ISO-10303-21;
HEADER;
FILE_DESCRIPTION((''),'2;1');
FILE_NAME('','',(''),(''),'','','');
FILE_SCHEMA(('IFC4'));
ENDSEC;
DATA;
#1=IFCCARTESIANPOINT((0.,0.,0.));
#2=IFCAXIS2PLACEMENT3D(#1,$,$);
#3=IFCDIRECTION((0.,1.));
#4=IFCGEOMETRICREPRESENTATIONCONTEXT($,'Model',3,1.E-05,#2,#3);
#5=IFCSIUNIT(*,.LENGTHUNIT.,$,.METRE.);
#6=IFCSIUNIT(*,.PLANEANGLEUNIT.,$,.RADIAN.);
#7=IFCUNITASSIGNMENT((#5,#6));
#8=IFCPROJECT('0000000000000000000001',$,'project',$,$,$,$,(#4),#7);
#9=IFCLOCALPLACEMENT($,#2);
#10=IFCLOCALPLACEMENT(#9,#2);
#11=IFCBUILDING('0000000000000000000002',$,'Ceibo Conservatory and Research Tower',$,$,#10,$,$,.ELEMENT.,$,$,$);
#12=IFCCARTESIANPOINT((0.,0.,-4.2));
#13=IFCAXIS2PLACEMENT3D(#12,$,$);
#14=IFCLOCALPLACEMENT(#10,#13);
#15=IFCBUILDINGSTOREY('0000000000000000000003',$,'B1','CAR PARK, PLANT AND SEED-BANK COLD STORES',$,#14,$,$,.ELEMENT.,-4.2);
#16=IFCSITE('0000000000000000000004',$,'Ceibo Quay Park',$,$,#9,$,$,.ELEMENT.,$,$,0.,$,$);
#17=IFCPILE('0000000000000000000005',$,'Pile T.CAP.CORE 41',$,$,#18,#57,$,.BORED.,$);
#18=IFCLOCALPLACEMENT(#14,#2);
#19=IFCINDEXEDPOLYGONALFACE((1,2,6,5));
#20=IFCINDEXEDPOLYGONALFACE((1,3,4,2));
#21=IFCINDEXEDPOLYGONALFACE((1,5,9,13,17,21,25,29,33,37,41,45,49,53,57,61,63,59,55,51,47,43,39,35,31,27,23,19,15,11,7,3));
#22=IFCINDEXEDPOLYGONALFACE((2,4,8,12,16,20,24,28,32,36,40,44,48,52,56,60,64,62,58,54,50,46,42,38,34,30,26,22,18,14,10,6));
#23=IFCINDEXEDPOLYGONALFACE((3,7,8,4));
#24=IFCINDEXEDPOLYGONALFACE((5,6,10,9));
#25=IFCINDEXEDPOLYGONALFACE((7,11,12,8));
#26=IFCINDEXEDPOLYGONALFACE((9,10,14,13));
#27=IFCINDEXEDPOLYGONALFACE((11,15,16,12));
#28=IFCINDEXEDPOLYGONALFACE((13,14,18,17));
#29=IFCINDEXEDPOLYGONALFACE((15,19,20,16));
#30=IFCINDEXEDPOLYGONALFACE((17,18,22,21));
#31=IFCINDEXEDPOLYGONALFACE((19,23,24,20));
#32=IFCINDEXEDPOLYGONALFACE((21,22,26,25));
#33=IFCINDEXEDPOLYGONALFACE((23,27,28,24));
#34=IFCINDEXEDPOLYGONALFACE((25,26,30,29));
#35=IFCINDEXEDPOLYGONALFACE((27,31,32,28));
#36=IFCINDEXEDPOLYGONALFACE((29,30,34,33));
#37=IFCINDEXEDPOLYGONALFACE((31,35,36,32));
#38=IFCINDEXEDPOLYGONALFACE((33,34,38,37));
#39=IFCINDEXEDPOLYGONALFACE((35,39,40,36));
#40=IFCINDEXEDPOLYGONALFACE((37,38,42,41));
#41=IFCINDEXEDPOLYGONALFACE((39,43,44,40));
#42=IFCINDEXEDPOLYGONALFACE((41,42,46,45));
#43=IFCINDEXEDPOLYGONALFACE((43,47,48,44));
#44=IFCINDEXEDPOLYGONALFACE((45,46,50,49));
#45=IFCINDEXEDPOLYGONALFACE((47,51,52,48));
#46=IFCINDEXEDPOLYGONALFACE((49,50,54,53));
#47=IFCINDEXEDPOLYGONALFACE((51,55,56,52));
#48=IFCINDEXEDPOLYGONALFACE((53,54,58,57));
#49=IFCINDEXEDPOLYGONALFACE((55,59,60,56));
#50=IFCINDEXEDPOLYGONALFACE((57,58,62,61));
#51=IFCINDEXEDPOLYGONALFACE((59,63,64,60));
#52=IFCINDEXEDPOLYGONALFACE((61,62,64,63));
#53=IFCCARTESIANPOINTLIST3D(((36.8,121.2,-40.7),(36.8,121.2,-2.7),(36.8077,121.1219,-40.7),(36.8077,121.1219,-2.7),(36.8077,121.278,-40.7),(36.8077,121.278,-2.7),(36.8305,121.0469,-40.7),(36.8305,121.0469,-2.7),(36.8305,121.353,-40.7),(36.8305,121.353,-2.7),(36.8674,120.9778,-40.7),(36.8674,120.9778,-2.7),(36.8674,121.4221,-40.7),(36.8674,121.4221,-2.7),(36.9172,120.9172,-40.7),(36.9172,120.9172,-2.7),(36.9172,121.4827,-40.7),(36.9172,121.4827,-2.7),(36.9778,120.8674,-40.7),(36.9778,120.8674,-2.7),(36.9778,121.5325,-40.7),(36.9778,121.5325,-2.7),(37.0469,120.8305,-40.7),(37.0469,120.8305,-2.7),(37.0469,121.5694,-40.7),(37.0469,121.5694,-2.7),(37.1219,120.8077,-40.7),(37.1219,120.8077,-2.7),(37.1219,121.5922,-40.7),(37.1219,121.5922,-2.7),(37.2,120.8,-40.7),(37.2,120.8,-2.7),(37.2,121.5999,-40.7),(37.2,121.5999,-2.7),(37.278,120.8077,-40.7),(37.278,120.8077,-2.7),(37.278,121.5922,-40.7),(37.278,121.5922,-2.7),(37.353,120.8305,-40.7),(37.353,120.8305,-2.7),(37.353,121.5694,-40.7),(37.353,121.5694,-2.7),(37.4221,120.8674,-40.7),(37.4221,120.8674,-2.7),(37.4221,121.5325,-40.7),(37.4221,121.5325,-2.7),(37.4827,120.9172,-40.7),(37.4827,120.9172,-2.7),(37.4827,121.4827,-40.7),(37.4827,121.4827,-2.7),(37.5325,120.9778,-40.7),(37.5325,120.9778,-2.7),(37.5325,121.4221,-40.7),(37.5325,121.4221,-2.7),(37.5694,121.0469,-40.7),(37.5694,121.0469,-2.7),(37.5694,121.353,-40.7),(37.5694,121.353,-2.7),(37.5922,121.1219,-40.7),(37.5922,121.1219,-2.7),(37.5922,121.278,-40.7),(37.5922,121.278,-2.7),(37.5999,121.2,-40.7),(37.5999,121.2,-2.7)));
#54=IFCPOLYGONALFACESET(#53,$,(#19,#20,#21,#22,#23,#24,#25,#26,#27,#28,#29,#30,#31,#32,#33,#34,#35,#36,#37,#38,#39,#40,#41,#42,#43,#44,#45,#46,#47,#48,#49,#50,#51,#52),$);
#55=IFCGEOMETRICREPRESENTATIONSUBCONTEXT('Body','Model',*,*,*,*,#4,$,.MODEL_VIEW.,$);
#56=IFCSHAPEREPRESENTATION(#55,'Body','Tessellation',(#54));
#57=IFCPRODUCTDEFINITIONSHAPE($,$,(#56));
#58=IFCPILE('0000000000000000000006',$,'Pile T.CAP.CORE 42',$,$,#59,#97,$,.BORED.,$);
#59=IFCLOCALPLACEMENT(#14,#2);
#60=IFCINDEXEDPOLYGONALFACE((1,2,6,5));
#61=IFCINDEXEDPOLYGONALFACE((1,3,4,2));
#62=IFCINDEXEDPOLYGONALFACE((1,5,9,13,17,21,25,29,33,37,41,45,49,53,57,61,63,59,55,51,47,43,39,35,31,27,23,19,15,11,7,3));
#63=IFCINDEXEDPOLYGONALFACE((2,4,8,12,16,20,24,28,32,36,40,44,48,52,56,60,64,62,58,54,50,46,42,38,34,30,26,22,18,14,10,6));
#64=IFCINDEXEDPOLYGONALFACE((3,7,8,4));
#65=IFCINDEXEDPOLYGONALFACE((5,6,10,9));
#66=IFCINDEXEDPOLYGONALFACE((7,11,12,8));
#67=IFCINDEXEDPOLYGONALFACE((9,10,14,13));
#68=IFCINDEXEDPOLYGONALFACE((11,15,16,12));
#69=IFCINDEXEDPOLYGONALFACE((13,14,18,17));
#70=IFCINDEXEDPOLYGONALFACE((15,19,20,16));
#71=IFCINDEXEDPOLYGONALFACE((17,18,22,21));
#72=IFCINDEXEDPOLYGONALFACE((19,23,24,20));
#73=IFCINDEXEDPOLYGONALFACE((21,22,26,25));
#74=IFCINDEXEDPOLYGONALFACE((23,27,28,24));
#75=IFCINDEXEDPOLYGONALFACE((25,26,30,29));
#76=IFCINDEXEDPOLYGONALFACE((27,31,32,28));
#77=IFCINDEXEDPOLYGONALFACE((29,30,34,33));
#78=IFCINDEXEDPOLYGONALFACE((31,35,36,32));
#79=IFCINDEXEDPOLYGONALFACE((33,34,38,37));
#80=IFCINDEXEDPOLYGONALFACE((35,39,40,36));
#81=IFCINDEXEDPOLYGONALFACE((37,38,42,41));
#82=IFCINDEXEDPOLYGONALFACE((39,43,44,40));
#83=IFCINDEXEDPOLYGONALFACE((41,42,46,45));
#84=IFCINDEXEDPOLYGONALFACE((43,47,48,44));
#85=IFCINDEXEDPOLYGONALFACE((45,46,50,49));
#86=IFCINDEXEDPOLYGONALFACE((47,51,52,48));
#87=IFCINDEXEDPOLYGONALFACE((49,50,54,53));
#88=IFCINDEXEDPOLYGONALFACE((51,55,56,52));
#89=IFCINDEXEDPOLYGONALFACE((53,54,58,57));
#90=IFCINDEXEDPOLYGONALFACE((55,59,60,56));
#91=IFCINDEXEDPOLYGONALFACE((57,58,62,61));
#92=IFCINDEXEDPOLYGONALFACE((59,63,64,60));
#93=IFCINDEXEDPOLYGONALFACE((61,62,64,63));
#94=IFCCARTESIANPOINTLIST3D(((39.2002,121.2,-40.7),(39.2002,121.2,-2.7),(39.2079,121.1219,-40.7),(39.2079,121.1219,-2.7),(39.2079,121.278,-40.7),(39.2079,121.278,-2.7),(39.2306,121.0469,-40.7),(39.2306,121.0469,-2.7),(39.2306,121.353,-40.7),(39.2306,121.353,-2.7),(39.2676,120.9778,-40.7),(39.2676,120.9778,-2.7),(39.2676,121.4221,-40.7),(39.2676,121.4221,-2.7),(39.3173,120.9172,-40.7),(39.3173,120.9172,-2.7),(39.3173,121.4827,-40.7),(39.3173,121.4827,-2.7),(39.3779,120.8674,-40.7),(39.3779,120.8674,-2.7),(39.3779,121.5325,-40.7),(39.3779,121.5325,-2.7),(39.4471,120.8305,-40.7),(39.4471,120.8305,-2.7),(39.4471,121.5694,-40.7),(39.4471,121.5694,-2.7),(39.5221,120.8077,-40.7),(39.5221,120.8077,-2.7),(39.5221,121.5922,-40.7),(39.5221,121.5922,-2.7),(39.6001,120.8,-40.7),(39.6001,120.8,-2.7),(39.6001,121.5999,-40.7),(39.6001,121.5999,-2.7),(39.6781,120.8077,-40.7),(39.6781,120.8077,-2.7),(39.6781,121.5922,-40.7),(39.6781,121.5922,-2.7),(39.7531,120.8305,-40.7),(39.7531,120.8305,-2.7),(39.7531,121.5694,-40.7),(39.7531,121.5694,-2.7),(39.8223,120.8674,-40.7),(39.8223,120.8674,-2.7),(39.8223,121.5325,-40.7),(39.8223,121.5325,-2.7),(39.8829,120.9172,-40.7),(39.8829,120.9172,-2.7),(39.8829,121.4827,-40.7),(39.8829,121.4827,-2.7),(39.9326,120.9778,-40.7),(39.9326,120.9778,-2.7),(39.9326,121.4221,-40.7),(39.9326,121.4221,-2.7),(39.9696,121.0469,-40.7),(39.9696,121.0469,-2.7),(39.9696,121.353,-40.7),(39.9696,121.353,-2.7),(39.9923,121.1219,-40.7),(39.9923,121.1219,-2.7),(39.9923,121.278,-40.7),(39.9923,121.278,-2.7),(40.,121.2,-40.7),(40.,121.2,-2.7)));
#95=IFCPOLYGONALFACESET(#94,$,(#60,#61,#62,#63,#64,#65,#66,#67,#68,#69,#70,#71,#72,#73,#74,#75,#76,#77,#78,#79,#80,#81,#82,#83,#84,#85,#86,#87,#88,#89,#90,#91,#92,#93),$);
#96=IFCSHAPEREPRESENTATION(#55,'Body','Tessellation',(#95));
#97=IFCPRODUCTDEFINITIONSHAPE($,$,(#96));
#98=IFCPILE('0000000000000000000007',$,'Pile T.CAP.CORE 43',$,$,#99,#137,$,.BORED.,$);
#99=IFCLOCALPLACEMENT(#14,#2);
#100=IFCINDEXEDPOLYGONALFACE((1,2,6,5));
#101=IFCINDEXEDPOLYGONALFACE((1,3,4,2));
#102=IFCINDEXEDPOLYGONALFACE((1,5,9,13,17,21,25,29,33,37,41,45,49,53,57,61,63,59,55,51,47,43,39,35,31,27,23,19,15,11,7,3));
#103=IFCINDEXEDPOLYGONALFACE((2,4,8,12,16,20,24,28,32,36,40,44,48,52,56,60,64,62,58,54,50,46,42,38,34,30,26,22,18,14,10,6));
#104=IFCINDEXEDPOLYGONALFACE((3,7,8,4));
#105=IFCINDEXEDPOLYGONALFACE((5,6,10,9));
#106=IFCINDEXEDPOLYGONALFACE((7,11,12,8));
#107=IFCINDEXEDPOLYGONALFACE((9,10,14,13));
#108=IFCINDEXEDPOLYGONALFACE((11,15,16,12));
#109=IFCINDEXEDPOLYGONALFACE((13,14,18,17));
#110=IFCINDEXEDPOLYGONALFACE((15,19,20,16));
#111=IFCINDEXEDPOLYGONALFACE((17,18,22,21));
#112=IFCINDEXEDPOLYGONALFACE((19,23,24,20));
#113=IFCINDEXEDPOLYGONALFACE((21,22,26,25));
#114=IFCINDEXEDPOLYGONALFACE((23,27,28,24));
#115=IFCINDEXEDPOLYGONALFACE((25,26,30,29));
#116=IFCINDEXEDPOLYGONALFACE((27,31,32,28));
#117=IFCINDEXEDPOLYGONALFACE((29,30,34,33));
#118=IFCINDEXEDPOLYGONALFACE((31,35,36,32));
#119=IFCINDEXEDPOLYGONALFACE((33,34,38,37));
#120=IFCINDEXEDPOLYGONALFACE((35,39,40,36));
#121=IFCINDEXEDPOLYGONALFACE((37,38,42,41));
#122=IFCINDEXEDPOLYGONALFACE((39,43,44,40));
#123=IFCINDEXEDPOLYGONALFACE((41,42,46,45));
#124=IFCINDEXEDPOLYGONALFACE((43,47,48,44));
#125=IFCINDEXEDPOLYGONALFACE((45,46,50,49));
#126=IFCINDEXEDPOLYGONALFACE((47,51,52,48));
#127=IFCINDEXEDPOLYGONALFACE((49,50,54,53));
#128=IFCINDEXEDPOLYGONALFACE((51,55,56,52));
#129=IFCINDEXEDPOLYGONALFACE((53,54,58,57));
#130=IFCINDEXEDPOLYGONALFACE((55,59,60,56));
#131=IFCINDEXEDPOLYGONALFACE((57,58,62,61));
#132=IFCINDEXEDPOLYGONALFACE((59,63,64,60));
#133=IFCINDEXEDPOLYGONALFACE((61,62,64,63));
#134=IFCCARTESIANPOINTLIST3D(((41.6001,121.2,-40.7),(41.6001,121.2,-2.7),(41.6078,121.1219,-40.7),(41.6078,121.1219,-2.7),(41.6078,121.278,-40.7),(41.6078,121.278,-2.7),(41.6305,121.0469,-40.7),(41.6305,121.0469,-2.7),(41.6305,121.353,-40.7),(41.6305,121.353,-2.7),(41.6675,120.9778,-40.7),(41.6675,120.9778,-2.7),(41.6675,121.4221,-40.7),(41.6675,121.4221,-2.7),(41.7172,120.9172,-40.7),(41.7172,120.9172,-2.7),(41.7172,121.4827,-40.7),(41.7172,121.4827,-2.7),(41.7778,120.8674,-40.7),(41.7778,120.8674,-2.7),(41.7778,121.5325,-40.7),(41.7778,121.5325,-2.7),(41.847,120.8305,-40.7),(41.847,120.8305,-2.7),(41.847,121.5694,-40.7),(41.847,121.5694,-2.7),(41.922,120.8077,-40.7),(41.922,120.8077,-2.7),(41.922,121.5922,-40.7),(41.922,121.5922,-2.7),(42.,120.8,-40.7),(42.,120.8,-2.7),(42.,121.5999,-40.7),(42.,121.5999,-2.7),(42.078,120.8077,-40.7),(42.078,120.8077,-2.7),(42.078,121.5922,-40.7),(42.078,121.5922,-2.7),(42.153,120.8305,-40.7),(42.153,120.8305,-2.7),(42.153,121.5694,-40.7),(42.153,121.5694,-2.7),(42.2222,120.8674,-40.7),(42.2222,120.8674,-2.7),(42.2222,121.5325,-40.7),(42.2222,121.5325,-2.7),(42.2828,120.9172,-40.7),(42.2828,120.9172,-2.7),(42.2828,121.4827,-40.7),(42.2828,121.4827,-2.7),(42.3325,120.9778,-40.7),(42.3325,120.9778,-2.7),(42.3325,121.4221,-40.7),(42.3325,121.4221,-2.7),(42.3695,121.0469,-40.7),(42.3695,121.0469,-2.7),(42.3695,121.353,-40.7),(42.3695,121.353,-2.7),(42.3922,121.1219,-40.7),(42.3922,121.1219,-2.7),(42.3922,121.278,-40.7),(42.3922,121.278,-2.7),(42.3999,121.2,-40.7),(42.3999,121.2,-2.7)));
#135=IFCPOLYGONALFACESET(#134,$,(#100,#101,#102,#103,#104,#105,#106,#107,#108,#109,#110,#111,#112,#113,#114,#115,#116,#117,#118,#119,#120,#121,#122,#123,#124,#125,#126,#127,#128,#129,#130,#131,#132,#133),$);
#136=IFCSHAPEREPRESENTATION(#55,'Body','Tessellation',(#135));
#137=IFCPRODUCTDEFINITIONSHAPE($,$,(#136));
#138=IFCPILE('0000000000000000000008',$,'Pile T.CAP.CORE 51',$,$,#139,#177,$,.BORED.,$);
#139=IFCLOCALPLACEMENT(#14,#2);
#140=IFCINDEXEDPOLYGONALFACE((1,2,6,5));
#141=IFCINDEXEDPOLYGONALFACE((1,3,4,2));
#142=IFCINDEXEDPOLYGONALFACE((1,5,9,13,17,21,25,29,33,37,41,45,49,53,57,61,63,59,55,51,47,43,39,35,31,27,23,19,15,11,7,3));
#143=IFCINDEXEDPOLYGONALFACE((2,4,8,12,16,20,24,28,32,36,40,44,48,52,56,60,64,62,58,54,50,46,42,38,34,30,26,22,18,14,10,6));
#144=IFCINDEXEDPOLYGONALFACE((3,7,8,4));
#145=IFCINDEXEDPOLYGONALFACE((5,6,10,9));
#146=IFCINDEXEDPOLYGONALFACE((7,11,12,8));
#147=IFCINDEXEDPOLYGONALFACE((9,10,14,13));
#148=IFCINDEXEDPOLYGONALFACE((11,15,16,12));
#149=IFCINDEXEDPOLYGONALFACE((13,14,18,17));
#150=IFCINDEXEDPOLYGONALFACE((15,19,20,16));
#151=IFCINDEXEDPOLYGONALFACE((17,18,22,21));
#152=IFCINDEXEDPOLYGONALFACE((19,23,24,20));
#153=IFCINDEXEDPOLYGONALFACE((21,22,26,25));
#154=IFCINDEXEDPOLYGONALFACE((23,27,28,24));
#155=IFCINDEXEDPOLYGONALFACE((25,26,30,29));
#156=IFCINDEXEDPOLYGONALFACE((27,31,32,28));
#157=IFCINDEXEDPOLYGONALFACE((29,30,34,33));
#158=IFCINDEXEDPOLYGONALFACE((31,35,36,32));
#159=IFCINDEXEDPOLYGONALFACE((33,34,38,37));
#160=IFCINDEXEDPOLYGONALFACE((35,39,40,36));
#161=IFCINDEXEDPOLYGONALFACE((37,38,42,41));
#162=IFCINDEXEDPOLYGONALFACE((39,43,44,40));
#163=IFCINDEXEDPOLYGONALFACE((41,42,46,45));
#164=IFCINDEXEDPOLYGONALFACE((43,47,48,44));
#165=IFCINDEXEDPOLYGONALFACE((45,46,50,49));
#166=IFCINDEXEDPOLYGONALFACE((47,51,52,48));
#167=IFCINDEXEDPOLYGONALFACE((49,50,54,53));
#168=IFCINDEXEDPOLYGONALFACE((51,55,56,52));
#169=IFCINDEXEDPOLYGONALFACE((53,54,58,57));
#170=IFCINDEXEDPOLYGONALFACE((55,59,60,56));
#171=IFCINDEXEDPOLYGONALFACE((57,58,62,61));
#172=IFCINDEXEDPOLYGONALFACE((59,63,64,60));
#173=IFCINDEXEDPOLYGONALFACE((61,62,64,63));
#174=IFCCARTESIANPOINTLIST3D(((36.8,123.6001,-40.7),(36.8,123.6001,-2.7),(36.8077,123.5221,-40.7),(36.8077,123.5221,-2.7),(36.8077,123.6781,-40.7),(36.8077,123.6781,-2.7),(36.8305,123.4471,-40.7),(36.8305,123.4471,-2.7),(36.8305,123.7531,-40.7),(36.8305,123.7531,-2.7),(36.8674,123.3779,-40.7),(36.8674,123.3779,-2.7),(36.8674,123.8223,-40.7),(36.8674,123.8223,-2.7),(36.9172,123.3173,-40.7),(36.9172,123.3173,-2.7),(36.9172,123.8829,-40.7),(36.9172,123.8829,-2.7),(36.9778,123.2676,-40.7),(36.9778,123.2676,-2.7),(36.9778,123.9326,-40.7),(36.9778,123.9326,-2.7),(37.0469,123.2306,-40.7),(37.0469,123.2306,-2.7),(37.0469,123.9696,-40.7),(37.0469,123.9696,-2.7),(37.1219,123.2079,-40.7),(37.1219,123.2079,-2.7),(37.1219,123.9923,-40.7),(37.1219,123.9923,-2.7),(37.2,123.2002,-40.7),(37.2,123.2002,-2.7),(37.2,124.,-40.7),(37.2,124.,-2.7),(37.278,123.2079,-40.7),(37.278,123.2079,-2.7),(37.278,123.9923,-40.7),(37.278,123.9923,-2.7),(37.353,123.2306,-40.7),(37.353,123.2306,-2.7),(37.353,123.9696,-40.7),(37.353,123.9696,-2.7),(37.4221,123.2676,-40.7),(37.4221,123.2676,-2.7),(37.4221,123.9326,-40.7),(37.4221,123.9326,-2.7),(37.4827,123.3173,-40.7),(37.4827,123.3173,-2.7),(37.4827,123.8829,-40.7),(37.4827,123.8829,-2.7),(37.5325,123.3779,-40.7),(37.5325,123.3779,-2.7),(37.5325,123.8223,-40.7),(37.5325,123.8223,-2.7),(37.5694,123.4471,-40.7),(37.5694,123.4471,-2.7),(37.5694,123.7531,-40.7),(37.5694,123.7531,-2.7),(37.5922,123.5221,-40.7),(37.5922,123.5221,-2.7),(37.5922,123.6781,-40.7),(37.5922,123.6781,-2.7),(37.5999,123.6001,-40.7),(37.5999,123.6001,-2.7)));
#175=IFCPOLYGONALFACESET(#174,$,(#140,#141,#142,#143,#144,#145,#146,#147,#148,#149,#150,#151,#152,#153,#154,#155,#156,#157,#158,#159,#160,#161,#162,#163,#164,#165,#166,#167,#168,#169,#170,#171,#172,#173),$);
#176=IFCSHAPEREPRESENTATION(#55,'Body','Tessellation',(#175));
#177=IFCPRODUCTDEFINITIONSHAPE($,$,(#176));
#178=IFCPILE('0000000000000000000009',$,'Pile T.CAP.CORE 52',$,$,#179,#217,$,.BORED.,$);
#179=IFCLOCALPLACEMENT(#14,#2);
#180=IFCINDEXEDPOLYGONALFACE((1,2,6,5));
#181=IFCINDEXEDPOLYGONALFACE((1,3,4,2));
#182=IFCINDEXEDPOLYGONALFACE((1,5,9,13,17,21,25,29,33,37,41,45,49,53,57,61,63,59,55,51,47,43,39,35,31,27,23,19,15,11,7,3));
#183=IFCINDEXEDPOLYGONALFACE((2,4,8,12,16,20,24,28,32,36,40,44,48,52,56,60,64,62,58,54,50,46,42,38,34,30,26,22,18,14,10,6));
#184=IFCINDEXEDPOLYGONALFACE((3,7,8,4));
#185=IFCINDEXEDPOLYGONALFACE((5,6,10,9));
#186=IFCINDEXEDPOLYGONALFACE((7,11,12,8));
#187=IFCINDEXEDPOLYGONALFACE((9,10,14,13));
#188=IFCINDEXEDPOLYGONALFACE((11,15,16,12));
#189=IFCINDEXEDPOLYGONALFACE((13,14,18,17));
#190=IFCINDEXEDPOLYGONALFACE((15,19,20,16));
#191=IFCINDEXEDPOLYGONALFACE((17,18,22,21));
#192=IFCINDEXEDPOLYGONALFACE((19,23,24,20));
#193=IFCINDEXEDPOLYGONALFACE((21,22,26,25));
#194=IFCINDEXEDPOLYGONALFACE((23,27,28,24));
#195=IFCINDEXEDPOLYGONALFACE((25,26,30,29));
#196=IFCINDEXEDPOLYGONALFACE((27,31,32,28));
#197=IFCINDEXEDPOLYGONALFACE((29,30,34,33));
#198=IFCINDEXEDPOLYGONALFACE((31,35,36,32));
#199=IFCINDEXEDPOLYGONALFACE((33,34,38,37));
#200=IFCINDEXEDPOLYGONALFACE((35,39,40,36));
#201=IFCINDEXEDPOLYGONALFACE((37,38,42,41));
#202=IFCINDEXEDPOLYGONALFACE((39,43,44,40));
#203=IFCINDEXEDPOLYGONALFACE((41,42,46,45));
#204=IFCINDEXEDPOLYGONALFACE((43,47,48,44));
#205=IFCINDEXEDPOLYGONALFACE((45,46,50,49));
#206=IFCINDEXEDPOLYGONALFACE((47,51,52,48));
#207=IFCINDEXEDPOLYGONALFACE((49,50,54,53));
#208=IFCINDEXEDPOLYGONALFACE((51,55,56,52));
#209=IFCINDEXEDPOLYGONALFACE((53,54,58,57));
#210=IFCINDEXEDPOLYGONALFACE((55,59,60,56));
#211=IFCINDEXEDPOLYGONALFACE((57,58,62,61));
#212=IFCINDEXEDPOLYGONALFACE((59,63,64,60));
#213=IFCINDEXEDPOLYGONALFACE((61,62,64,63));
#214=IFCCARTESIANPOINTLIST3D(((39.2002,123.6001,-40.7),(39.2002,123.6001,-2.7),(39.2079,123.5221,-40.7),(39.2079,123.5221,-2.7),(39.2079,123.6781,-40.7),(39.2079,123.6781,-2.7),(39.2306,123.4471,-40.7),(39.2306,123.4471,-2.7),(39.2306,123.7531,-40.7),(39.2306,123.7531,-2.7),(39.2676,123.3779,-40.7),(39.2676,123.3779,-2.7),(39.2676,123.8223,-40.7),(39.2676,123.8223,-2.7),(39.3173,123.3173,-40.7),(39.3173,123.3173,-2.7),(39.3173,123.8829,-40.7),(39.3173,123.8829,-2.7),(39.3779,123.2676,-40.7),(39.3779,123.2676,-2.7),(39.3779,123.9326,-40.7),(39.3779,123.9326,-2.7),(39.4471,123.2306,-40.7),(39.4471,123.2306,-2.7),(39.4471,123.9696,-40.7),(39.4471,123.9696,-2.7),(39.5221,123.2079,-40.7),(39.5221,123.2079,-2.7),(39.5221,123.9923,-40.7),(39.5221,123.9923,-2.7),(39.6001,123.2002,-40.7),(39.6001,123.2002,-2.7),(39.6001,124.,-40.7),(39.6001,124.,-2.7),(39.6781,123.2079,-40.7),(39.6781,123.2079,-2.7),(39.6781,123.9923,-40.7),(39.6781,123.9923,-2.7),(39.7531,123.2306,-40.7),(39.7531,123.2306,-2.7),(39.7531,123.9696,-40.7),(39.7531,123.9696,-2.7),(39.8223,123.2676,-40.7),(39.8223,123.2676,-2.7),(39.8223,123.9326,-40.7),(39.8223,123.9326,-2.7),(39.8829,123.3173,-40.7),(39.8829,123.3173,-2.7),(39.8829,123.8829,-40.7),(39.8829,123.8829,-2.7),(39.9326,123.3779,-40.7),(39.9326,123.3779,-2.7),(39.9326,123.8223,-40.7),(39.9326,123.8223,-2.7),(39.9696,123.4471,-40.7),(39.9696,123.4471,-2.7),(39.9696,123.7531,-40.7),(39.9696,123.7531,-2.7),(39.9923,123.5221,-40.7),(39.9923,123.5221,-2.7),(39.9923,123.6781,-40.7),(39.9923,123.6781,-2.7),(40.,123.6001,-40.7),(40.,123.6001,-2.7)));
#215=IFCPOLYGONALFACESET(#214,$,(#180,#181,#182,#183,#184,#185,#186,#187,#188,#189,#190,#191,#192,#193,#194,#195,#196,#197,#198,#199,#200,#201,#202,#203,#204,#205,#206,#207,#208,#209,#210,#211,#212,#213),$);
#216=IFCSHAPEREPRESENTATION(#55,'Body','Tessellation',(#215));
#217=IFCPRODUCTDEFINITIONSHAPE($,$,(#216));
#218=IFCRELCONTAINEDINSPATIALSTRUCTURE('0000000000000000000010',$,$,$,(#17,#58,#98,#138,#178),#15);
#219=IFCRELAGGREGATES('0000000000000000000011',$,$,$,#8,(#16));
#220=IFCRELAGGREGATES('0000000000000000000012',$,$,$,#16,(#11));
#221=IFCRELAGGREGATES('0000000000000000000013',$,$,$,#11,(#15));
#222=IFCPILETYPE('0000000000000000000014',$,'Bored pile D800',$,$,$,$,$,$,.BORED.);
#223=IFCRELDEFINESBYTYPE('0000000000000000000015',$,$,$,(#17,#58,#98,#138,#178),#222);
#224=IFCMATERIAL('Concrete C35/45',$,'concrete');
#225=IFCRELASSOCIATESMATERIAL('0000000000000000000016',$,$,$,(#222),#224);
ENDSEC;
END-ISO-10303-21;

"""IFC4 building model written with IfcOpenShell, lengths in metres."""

from ifc_helpers import new_model, si_unit, direction, frame, origin, origin_2d, place, context, subcontext, project, spatial, circle, extrude, material, material_profile, profile_set, type_object, element, save


model = new_model("IFC4")

# Units and contexts
model_context = context("Model", 3, precision=1e-05, world=origin(), true_north=direction((0.0, 1.0)))
body_context = subcontext(model_context, "Body", "Model", "MODEL_VIEW")
ifc_project = project(units=[si_unit("LENGTHUNIT", "METRE"), si_unit("PLANEANGLEUNIT", "RADIAN")], contexts=[model_context])

# Site, building, storey
site_placement = place(None, origin())
site = spatial("IfcSite", under=ifc_project, at=site_placement, Name="Ceibo Quay Park", CompositionType="ELEMENT", RefElevation=0.0)
building_placement = place(site_placement, origin())
building = spatial("IfcBuilding", under=site, at=building_placement, Name="Ceibo Conservatory and Research Tower", CompositionType="ELEMENT")
storey_placement = place(building_placement, frame((0.0, 0.0, -4.2)))
storey = spatial("IfcBuildingStorey", under=building, at=storey_placement, Name="B1", Description="CAR PARK, PLANT AND SEED-BANK COLD STORES", CompositionType="ELEMENT", Elevation=-4.2)

# Piles
ifc_material_1 = material(Name="Concrete C35/45", Category="concrete")
ifc_material_profile = material_profile(ifc_material_1, circle(Radius=0.3999, at=origin_2d()), Name="RC D800")
ifc_profile_set = profile_set([ifc_material_profile], Name="Concrete C35/45")
pile_type = type_object("IfcPileType", Name="Bored pile D800", PredefinedType="BORED", material=ifc_profile_set)
for number, where, z_axis, x_axis, name in (
    (1, (37.2, 121.2, -2.7), (0.0, 0.0, -1.0), (1.0, 0.0, 0.0), "Pile T.CAP.CORE 41"),
    (2, (39.6001, 121.2, -2.7), (0.0, 0.0, -1.0), (1.0, 0.0, 0.0), "Pile T.CAP.CORE 42"),
    (3, (42.0, 121.2, -2.7), (0.0, 0.0, -1.0), (1.0, 0.0, 0.0), "Pile T.CAP.CORE 43"),
    (4, (37.2, 123.6001, -2.7), (0.0, 0.0, -1.0), (1.0, 0.0, 0.0), "Pile T.CAP.CORE 51"),
    (5, (39.6001, 123.6001, -2.7), (0.0, 0.0, -1.0), (1.0, 0.0, 0.0), "Pile T.CAP.CORE 52"),
):
    element("IfcPile", number, at=place(storey_placement, frame(where, z_axis=z_axis, x_axis=x_axis)), inside=storey, type_object=pile_type, Name=name, PredefinedType="BORED", context=body_context, shape_type="SweptSolid", body=[
        extrude(circle(Radius=0.3999, at=origin_2d()), origin(), (0.0, 0.0, 1.0), 38.0),
    ])

save(model, "model.ifc")
